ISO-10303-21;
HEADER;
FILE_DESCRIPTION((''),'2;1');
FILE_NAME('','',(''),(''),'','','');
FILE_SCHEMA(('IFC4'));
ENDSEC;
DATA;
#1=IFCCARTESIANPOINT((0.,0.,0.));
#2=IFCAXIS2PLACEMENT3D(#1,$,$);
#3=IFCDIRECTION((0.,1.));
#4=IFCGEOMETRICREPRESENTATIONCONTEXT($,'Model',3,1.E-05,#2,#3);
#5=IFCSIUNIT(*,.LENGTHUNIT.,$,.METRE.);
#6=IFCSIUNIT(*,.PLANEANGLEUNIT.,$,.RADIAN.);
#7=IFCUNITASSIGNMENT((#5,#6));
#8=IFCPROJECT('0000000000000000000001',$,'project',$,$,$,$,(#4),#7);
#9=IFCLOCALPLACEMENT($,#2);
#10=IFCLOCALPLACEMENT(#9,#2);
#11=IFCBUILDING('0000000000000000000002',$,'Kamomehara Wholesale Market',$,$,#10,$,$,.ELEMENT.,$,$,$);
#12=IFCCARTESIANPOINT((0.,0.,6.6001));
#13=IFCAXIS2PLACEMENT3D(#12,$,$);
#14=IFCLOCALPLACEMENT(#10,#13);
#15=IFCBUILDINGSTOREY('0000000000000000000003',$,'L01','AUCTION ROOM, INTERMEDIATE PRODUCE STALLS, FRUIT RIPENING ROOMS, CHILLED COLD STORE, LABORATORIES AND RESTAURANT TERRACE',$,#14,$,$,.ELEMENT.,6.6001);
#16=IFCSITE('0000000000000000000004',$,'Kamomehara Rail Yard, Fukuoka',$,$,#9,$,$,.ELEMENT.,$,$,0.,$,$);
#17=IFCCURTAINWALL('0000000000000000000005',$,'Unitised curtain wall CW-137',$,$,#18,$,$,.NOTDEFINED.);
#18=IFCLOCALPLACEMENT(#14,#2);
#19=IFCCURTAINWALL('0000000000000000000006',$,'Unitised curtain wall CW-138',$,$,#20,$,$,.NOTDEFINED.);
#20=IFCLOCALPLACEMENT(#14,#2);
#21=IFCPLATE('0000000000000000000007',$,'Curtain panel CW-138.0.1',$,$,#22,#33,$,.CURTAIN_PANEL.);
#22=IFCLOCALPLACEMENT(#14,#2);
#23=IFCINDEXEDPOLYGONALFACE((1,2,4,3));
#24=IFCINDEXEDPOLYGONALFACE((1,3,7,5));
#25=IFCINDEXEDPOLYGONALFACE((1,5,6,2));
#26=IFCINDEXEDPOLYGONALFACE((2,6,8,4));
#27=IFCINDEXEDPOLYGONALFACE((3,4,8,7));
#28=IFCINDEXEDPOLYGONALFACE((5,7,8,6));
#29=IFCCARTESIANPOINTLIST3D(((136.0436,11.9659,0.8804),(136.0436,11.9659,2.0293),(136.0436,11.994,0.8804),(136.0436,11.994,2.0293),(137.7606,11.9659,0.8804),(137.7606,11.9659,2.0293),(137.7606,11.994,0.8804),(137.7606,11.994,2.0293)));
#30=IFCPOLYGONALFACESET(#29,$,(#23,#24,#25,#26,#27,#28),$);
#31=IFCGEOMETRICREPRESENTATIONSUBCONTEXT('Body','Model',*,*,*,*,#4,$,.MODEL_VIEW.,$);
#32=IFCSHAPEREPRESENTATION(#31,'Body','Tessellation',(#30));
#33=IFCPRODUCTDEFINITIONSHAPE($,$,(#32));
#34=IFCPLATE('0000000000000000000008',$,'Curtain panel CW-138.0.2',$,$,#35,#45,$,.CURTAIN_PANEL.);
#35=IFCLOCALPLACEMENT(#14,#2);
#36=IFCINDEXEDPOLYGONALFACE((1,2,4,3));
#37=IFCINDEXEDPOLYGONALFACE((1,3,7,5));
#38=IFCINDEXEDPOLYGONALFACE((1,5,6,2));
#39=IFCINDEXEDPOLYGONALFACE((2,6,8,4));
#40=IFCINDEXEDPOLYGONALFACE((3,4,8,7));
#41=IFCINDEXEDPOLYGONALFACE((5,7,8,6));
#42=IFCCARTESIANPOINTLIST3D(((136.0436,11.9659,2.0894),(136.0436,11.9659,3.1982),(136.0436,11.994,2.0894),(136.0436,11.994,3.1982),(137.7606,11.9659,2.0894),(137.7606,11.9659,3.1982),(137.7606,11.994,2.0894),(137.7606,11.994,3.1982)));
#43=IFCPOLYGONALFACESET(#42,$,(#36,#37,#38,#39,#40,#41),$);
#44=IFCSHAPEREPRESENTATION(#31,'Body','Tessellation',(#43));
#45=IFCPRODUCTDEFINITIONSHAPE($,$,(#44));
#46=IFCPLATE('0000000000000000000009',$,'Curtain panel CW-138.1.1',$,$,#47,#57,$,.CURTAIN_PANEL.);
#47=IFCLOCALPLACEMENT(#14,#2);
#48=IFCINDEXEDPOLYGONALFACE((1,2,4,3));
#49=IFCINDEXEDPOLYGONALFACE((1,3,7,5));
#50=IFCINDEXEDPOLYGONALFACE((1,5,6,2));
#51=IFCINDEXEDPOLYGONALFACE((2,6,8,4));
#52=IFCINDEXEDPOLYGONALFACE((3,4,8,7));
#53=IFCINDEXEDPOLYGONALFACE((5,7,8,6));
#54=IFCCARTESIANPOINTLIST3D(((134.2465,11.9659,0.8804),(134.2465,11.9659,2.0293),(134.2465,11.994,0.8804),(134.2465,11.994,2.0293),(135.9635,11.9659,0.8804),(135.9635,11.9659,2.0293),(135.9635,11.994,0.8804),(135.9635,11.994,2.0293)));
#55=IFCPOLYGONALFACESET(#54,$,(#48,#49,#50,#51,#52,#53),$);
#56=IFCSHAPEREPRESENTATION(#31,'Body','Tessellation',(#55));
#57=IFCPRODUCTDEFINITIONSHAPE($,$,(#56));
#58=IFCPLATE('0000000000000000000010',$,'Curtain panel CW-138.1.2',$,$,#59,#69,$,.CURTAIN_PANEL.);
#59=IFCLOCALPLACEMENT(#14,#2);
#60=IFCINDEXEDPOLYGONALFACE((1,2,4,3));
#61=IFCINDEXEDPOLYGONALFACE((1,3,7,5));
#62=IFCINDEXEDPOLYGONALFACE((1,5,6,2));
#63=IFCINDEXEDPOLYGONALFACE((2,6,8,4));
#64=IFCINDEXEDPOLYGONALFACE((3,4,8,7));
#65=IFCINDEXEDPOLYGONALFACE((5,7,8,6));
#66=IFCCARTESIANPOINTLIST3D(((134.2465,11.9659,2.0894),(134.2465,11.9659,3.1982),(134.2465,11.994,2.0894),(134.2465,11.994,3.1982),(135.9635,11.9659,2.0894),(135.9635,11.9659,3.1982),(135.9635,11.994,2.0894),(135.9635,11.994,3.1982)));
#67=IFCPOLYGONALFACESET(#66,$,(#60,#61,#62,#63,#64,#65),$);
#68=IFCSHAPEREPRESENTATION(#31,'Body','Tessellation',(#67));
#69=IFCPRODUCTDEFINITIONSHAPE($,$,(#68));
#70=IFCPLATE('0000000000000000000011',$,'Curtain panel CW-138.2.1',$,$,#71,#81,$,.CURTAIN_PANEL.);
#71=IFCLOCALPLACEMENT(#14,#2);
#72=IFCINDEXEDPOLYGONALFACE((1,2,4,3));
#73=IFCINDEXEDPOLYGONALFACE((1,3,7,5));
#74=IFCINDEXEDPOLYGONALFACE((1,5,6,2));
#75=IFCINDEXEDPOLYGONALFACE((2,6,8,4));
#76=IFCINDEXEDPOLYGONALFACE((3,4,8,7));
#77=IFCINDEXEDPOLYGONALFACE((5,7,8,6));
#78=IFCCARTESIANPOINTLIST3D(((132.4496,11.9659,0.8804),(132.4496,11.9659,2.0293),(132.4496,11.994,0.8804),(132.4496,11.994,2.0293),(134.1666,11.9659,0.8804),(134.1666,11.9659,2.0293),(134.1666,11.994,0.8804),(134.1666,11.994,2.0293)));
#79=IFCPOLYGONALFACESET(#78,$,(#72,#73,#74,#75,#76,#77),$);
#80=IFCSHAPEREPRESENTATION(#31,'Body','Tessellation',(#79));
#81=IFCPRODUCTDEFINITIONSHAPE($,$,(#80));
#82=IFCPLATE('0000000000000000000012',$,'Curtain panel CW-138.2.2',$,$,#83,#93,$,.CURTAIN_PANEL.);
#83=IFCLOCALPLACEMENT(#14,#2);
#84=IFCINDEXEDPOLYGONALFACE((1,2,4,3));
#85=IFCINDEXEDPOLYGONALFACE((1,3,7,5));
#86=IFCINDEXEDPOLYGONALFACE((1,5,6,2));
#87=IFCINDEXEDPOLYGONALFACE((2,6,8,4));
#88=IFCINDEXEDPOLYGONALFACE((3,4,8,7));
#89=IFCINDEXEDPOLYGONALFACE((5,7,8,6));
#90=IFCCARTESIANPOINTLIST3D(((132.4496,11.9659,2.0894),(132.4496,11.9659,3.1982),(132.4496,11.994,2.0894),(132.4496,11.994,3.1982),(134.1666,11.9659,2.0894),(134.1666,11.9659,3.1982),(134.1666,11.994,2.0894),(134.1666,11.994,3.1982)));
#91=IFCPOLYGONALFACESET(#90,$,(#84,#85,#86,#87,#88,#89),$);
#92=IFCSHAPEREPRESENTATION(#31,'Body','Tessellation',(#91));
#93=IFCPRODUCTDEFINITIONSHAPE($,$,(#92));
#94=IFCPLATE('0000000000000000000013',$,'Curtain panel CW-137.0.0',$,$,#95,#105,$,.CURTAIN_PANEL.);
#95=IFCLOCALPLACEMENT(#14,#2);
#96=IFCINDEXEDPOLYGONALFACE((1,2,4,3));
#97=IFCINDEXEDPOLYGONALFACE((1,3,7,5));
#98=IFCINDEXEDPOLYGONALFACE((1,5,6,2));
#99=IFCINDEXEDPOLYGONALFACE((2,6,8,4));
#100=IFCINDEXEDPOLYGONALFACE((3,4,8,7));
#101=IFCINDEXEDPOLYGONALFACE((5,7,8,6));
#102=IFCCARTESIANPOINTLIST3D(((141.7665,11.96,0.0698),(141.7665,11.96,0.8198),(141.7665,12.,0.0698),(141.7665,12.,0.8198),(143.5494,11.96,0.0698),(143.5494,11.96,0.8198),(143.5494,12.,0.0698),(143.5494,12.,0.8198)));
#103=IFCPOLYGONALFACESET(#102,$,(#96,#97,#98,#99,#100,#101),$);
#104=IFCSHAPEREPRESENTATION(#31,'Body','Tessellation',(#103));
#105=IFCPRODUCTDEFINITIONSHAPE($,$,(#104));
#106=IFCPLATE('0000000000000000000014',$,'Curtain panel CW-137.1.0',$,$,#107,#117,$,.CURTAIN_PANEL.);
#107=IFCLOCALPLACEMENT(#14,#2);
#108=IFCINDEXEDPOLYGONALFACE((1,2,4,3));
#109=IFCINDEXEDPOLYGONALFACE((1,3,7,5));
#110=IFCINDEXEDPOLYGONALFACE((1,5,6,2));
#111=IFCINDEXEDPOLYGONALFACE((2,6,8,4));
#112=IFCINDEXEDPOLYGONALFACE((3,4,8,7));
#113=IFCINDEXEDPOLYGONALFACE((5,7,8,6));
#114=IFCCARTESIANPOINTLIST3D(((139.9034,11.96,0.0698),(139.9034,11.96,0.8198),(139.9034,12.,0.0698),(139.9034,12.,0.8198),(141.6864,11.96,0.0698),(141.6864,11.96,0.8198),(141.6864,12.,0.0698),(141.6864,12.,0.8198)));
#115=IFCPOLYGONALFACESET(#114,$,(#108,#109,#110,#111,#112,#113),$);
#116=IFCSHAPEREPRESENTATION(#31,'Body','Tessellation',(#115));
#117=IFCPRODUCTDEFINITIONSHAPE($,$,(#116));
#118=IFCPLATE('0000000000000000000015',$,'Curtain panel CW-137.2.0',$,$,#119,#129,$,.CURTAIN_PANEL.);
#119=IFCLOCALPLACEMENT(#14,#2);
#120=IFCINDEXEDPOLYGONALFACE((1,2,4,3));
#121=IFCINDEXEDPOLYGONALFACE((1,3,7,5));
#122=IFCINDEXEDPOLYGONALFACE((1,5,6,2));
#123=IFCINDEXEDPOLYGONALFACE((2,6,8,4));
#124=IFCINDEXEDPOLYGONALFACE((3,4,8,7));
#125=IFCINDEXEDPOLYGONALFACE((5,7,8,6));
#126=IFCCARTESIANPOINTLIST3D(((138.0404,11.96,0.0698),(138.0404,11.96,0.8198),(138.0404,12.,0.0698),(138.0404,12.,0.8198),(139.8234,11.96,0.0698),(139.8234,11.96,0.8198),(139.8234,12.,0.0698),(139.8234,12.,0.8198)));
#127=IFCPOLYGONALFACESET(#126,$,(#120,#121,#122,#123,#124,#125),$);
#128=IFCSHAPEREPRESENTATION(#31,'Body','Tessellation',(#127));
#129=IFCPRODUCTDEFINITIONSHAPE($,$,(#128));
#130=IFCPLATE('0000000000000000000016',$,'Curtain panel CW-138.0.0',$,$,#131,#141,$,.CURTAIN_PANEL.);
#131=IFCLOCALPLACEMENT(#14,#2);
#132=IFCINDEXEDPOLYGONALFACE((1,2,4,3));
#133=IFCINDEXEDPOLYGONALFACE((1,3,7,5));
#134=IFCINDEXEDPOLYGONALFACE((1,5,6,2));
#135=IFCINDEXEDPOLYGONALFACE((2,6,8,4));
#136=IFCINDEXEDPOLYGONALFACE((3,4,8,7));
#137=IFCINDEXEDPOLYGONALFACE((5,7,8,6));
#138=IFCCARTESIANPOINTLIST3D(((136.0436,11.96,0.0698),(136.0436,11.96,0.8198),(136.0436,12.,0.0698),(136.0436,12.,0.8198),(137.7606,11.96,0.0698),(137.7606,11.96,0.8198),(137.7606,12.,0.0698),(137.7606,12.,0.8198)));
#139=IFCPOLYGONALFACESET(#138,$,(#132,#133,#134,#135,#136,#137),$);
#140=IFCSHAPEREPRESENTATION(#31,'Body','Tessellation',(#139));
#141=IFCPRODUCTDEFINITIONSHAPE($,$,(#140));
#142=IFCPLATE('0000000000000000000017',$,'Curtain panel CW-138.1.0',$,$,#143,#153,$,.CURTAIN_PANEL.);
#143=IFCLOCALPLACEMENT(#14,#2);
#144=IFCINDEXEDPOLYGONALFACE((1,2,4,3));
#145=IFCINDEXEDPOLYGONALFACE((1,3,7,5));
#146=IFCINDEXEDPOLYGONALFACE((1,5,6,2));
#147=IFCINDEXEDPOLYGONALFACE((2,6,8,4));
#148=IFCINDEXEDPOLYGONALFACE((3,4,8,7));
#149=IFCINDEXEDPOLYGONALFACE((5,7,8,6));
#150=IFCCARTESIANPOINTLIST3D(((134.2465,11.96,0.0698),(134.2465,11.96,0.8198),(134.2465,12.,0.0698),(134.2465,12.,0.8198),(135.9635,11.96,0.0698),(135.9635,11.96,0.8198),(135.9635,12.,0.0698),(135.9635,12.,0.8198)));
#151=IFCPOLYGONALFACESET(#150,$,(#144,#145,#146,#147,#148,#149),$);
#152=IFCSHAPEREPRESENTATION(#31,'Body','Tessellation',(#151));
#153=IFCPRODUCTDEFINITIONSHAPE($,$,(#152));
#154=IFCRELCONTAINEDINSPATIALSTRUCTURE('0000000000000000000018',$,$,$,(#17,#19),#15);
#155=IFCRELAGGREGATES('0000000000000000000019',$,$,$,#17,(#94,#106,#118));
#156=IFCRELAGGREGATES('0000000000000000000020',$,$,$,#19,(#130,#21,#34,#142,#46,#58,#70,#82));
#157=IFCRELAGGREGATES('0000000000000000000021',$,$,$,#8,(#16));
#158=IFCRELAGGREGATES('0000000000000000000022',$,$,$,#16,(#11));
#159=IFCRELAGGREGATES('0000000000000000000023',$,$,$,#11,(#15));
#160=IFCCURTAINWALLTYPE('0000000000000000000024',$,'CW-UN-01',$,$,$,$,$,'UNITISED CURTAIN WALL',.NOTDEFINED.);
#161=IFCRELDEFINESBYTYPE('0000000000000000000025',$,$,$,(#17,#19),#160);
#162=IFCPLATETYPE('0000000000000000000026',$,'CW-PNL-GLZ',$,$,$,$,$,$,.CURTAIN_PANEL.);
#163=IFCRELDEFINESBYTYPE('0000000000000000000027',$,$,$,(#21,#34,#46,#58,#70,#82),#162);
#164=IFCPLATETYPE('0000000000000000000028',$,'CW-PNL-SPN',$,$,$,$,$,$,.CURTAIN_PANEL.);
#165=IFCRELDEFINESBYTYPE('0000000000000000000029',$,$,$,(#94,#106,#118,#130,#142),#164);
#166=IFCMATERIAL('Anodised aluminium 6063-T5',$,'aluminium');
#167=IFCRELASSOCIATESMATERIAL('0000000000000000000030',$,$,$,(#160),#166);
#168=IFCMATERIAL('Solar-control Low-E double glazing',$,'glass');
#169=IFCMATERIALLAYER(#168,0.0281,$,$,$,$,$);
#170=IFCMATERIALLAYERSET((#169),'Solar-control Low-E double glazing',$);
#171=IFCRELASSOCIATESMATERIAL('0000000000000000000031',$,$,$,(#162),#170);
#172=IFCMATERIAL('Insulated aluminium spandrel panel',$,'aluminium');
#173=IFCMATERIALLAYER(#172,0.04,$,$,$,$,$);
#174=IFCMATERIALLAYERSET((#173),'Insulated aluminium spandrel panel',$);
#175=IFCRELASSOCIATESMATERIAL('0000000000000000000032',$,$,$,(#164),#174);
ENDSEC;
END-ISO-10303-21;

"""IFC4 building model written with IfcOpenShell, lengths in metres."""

from ifc_helpers import new_model, si_unit, direction, frame, origin, origin_2d, place, context, subcontext, project, spatial, rectangle, extrude, material, layer, layer_set, type_object, element, aggregate, save


model = new_model("IFC4")

# Units and contexts
model_context = context("Model", 3, precision=1e-05, world=origin(), true_north=direction((0.0, 1.0)))
body_context = subcontext(model_context, "Body", "Model", "MODEL_VIEW")
ifc_project = project(units=[si_unit("LENGTHUNIT", "METRE"), si_unit("PLANEANGLEUNIT", "RADIAN")], contexts=[model_context])

# Site, building, storey
site_placement = place(None, origin())
site = spatial("IfcSite", under=ifc_project, at=site_placement, Name="Kamomehara Rail Yard, Fukuoka", CompositionType="ELEMENT", RefElevation=0.0)
building_placement = place(site_placement, origin())
building = spatial("IfcBuilding", under=site, at=building_placement, Name="Kamomehara Wholesale Market", CompositionType="ELEMENT")
storey_placement = place(building_placement, frame((0.0, 0.0, 6.6001)))
storey = spatial("IfcBuildingStorey", under=building, at=storey_placement, Name="L01", Description="AUCTION ROOM, INTERMEDIATE PRODUCE STALLS, FRUIT RIPENING ROOMS, CHILLED COLD STORE, LABORATORIES AND RESTAURANT TERRACE", CompositionType="ELEMENT", Elevation=6.6001)

# Curtain walls
ifc_material_1 = material(Name="Anodised aluminium 6063-T5", Category="aluminium")
curtain_wall_type = type_object("IfcCurtainWallType", Name="CW-UN-01", ElementType="UNITISED CURTAIN WALL", PredefinedType="NOTDEFINED", material=ifc_material_1)
curtain_wall_1_placement = place(storey_placement, origin())
curtain_wall_1 = element("IfcCurtainWall", 1, at=curtain_wall_1_placement, inside=storey, type_object=curtain_wall_type, Name="Unitised curtain wall CW-137", PredefinedType="NOTDEFINED")
curtain_wall_2_placement = place(storey_placement, origin())
curtain_wall_2 = element("IfcCurtainWall", 2, at=curtain_wall_2_placement, inside=storey, type_object=curtain_wall_type, Name="Unitised curtain wall CW-138", PredefinedType="NOTDEFINED")

# Plates
ifc_material_2 = material(Name="Solar-control Low-E double glazing", Category="glass")
ifc_layer_1 = layer(ifc_material_2, 0.0281)
ifc_layer_set_1 = layer_set([ifc_layer_1], Name="Solar-control Low-E double glazing")
plate_type_1 = type_object("IfcPlateType", Name="CW-PNL-GLZ", PredefinedType="CURTAIN_PANEL", material=ifc_layer_set_1)
plate_1_placement = place(storey_placement, frame((136.9021, 11.98, 0.8804), z_axis=(0.0, 0.0, 1.0), x_axis=(-1.0, 0.0, 0.0)))
plate_1 = element("IfcPlate", 3, at=plate_1_placement, type_object=plate_type_1, Name="Curtain panel CW-138.0.1", PredefinedType="CURTAIN_PANEL", context=body_context, shape_type="SweptSolid", body=[
    extrude(rectangle(XDim=1.717, YDim=0.0281, at=origin_2d()), origin(), (0.0, 0.0, 1.0), 1.1489),
])
plate_2_placement = place(storey_placement, frame((136.9021, 11.98, 2.0894), z_axis=(0.0, 0.0, 1.0), x_axis=(-1.0, 0.0, 0.0)))
plate_2 = element("IfcPlate", 4, at=plate_2_placement, type_object=plate_type_1, Name="Curtain panel CW-138.0.2", PredefinedType="CURTAIN_PANEL", context=body_context, shape_type="SweptSolid", body=[
    extrude(rectangle(XDim=1.717, YDim=0.0281, at=origin_2d()), origin(), (0.0, 0.0, 1.0), 1.1089),
])
plate_3_placement = place(storey_placement, frame((135.105, 11.98, 0.8804), z_axis=(0.0, 0.0, 1.0), x_axis=(-1.0, 0.0, 0.0)))
plate_3 = element("IfcPlate", 5, at=plate_3_placement, type_object=plate_type_1, Name="Curtain panel CW-138.1.1", PredefinedType="CURTAIN_PANEL", context=body_context, shape_type="SweptSolid", body=[
    extrude(rectangle(XDim=1.717, YDim=0.0281, at=origin_2d()), origin(), (0.0, 0.0, 1.0), 1.1489),
])
plate_4_placement = place(storey_placement, frame((135.105, 11.98, 2.0894), z_axis=(0.0, 0.0, 1.0), x_axis=(-1.0, 0.0, 0.0)))
plate_4 = element("IfcPlate", 6, at=plate_4_placement, type_object=plate_type_1, Name="Curtain panel CW-138.1.2", PredefinedType="CURTAIN_PANEL", context=body_context, shape_type="SweptSolid", body=[
    extrude(rectangle(XDim=1.717, YDim=0.0281, at=origin_2d()), origin(), (0.0, 0.0, 1.0), 1.1089),
])
plate_5_placement = place(storey_placement, frame((133.3081, 11.98, 0.8804), z_axis=(0.0, 0.0, 1.0), x_axis=(-1.0, 0.0, 0.0)))
plate_5 = element("IfcPlate", 7, at=plate_5_placement, type_object=plate_type_1, Name="Curtain panel CW-138.2.1", PredefinedType="CURTAIN_PANEL", context=body_context, shape_type="SweptSolid", body=[
    extrude(rectangle(XDim=1.717, YDim=0.0281, at=origin_2d()), origin(), (0.0, 0.0, 1.0), 1.1489),
])
plate_6_placement = place(storey_placement, frame((133.3081, 11.98, 2.0894), z_axis=(0.0, 0.0, 1.0), x_axis=(-1.0, 0.0, 0.0)))
plate_6 = element("IfcPlate", 8, at=plate_6_placement, type_object=plate_type_1, Name="Curtain panel CW-138.2.2", PredefinedType="CURTAIN_PANEL", context=body_context, shape_type="SweptSolid", body=[
    extrude(rectangle(XDim=1.717, YDim=0.0281, at=origin_2d()), origin(), (0.0, 0.0, 1.0), 1.1089),
])
ifc_material_3 = material(Name="Insulated aluminium spandrel panel", Category="aluminium")
ifc_layer_2 = layer(ifc_material_3, 0.04)
ifc_layer_set_2 = layer_set([ifc_layer_2], Name="Insulated aluminium spandrel panel")
plate_type_2 = type_object("IfcPlateType", Name="CW-PNL-SPN", PredefinedType="CURTAIN_PANEL", material=ifc_layer_set_2)
plate_7_placement = place(storey_placement, frame((142.658, 11.98, 0.0698), z_axis=(0.0, 0.0, 1.0), x_axis=(-1.0, 0.0, 0.0)))
plate_7 = element("IfcPlate", 9, at=plate_7_placement, type_object=plate_type_2, Name="Curtain panel CW-137.0.0", PredefinedType="CURTAIN_PANEL", context=body_context, shape_type="SweptSolid", body=[
    extrude(rectangle(XDim=1.783, YDim=0.04, at=origin_2d()), origin(), (0.0, 0.0, 1.0), 0.75),
])
plate_8_placement = place(storey_placement, frame((140.7949, 11.98, 0.0698), z_axis=(0.0, 0.0, 1.0), x_axis=(-1.0, 0.0, 0.0)))
plate_8 = element("IfcPlate", 10, at=plate_8_placement, type_object=plate_type_2, Name="Curtain panel CW-137.1.0", PredefinedType="CURTAIN_PANEL", context=body_context, shape_type="SweptSolid", body=[
    extrude(rectangle(XDim=1.783, YDim=0.04, at=origin_2d()), origin(), (0.0, 0.0, 1.0), 0.75),
])
plate_9_placement = place(storey_placement, frame((138.9319, 11.98, 0.0698), z_axis=(0.0, 0.0, 1.0), x_axis=(-1.0, 0.0, 0.0)))
plate_9 = element("IfcPlate", 11, at=plate_9_placement, type_object=plate_type_2, Name="Curtain panel CW-137.2.0", PredefinedType="CURTAIN_PANEL", context=body_context, shape_type="SweptSolid", body=[
    extrude(rectangle(XDim=1.783, YDim=0.04, at=origin_2d()), origin(), (0.0, 0.0, 1.0), 0.75),
])
aggregate(curtain_wall_1, [plate_7, plate_8, plate_9])
plate_10_placement = place(storey_placement, frame((136.9021, 11.98, 0.0698), z_axis=(0.0, 0.0, 1.0), x_axis=(-1.0, 0.0, 0.0)))
plate_10 = element("IfcPlate", 12, at=plate_10_placement, type_object=plate_type_2, Name="Curtain panel CW-138.0.0", PredefinedType="CURTAIN_PANEL", context=body_context, shape_type="SweptSolid", body=[
    extrude(rectangle(XDim=1.717, YDim=0.04, at=origin_2d()), origin(), (0.0, 0.0, 1.0), 0.75),
])
plate_11_placement = place(storey_placement, frame((135.105, 11.98, 0.0698), z_axis=(0.0, 0.0, 1.0), x_axis=(-1.0, 0.0, 0.0)))
plate_11 = element("IfcPlate", 13, at=plate_11_placement, type_object=plate_type_2, Name="Curtain panel CW-138.1.0", PredefinedType="CURTAIN_PANEL", context=body_context, shape_type="SweptSolid", body=[
    extrude(rectangle(XDim=1.717, YDim=0.04, at=origin_2d()), origin(), (0.0, 0.0, 1.0), 0.75),
])
aggregate(curtain_wall_2, [plate_10, plate_1, plate_2, plate_11, plate_3, plate_4, plate_5, plate_6])

save(model, "model.ifc")
